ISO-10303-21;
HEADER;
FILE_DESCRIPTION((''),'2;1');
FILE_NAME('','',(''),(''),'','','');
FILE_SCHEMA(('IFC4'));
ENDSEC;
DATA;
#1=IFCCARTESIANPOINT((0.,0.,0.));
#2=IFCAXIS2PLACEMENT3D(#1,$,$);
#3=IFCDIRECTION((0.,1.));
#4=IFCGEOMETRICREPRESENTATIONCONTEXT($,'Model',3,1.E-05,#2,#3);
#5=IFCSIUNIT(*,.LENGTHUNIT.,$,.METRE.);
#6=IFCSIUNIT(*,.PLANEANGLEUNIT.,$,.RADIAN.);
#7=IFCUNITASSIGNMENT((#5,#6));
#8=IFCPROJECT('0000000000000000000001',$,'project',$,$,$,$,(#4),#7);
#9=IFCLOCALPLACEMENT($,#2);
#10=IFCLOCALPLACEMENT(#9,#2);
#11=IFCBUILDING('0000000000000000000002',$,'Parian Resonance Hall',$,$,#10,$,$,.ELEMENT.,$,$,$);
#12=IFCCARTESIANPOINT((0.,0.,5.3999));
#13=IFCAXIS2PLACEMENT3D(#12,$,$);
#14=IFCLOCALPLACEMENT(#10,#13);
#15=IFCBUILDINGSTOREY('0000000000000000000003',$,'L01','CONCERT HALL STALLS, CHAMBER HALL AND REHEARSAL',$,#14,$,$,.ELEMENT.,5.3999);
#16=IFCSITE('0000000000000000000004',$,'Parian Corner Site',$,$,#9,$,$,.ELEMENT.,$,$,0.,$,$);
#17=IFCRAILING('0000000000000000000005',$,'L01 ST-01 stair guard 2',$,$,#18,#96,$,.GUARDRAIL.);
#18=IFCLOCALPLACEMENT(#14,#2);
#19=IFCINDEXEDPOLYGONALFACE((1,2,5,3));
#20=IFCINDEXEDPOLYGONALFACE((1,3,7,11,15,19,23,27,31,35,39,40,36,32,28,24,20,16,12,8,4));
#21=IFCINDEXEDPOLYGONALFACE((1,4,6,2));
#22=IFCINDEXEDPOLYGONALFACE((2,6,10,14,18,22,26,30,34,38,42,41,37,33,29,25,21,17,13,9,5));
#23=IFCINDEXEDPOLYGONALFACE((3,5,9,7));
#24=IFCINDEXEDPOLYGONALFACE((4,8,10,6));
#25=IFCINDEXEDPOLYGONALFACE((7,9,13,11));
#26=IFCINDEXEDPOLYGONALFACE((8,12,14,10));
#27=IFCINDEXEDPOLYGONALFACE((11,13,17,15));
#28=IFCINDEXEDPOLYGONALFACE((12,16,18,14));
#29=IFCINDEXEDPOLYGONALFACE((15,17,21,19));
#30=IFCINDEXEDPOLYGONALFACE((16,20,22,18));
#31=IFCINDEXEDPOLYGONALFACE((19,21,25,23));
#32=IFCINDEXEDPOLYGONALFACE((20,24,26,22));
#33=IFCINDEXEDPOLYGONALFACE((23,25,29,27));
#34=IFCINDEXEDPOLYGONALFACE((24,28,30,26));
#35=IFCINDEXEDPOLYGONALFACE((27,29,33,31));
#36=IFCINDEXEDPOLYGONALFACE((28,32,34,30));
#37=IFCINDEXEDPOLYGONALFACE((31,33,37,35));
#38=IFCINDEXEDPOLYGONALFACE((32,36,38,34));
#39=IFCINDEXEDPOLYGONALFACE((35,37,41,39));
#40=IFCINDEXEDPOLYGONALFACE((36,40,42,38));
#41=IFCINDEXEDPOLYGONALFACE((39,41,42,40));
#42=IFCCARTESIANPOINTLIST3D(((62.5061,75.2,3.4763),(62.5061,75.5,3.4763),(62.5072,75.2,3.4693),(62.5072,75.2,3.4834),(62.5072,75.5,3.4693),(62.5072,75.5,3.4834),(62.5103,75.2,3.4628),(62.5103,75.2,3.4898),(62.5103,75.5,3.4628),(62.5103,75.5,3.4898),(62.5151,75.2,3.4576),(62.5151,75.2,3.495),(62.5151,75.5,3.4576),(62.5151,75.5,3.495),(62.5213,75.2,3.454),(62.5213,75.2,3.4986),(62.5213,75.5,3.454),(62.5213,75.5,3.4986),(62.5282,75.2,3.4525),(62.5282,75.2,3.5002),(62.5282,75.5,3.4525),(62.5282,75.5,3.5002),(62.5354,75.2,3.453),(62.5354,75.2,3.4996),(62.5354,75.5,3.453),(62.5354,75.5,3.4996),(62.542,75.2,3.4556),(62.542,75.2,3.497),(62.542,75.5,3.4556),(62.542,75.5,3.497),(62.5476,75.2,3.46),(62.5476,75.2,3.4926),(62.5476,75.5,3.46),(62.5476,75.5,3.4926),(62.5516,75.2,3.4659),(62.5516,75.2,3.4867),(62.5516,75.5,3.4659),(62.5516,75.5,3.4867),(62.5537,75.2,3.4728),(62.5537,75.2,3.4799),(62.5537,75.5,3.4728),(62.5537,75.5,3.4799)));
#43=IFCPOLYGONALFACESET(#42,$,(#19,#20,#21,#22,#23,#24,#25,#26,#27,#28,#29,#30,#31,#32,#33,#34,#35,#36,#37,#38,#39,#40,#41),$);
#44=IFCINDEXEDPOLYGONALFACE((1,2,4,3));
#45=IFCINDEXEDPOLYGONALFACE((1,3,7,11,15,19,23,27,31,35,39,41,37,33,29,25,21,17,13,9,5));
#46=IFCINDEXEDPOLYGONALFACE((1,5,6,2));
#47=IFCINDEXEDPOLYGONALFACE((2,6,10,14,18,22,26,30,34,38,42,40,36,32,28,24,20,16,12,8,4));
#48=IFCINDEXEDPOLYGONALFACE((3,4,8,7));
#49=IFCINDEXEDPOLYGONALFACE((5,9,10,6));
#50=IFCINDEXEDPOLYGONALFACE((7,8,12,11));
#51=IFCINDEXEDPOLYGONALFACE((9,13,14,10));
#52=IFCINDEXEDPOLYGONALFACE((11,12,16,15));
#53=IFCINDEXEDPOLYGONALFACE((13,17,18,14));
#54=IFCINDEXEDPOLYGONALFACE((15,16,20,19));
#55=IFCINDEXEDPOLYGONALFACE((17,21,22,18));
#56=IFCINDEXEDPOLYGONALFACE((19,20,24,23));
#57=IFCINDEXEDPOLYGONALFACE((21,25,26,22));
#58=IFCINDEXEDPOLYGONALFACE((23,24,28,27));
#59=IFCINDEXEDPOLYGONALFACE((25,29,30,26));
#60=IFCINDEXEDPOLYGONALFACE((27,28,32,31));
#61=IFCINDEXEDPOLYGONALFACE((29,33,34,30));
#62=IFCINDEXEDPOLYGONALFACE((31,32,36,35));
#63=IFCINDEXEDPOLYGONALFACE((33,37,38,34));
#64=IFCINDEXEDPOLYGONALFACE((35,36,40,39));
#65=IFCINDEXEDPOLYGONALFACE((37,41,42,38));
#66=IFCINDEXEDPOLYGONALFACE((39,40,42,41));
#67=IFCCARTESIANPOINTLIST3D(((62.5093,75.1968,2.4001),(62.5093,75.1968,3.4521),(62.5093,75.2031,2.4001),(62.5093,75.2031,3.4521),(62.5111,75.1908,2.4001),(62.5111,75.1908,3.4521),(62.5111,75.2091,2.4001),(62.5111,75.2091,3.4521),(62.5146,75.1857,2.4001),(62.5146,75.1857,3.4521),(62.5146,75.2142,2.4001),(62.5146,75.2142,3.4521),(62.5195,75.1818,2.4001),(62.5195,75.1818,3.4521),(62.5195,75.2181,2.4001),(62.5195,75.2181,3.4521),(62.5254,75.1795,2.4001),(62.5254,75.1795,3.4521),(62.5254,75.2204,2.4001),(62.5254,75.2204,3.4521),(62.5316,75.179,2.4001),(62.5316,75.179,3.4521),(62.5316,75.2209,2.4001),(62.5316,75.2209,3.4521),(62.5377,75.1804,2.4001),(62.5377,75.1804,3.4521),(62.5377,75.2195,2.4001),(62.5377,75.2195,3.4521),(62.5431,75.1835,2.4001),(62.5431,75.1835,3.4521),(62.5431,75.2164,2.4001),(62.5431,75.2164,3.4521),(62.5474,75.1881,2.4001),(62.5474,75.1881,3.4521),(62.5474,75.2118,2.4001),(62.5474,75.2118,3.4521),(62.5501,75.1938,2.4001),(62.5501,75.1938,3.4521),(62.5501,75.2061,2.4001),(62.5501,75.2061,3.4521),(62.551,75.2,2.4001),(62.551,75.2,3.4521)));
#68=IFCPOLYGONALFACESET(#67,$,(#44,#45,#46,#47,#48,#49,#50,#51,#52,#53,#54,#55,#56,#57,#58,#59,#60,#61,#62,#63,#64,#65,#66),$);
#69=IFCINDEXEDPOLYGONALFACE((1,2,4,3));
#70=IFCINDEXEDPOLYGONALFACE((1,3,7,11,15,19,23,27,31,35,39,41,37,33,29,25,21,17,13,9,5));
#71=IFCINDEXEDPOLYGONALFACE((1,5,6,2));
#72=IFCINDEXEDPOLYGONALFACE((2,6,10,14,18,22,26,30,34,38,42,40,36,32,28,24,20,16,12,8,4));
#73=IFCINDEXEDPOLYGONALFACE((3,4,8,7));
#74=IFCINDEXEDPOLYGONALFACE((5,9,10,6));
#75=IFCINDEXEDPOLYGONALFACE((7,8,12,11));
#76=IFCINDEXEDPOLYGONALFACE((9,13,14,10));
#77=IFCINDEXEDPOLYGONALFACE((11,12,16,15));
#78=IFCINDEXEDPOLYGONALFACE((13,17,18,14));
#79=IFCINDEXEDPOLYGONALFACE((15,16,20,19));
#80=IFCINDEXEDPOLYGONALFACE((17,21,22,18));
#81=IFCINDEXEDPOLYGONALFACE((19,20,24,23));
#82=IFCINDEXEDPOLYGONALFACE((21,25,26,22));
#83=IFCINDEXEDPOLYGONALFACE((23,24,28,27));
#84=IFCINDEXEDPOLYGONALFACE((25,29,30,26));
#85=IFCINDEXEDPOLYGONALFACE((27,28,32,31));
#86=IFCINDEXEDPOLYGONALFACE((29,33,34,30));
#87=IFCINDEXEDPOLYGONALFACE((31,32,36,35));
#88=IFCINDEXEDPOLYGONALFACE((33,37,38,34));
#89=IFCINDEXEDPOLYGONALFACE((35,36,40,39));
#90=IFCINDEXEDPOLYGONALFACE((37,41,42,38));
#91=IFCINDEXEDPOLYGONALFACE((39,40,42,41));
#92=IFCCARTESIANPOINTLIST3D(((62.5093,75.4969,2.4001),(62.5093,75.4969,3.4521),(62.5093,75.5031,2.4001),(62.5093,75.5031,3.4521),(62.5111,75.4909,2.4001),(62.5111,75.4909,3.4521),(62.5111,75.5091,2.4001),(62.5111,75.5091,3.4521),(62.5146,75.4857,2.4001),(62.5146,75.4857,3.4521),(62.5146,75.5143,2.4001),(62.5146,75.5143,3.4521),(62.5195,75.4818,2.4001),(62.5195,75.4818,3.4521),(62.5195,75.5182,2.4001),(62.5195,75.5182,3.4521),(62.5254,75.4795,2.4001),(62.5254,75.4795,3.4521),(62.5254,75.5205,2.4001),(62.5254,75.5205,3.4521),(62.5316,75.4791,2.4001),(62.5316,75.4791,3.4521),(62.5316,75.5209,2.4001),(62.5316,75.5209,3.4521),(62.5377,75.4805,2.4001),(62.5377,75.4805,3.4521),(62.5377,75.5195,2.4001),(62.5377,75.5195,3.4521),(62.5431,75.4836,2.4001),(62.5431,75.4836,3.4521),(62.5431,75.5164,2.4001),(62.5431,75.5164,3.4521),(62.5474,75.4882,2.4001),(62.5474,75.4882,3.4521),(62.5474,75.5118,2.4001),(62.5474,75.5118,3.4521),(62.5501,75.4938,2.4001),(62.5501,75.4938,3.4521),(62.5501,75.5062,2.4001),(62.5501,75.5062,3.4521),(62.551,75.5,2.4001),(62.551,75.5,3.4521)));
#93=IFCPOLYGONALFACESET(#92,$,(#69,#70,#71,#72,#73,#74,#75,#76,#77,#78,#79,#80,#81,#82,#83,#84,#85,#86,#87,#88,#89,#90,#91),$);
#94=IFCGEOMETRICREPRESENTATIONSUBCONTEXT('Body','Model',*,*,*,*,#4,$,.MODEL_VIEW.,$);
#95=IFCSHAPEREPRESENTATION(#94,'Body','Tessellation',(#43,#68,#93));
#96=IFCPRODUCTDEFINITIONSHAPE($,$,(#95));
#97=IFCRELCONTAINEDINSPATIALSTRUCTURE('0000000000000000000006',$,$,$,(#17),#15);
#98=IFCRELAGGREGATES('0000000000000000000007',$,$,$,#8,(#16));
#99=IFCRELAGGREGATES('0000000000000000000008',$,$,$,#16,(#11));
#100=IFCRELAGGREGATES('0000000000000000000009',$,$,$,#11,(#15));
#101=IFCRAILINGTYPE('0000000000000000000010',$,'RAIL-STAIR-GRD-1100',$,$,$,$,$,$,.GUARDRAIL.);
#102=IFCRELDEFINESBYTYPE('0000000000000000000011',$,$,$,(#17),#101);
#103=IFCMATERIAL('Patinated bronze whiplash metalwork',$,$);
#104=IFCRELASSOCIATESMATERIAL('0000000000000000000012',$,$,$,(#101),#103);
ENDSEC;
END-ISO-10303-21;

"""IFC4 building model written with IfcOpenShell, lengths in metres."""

from ifc_helpers import new_model, si_unit, direction, frame, origin, origin_2d, place, context, subcontext, project, spatial, circle, extrude, material, type_object, element, save


model = new_model("IFC4")

# Units and contexts
model_context = context("Model", 3, precision=1e-05, world=origin(), true_north=direction((0.0, 1.0)))
body_context = subcontext(model_context, "Body", "Model", "MODEL_VIEW")
ifc_project = project(units=[si_unit("LENGTHUNIT", "METRE"), si_unit("PLANEANGLEUNIT", "RADIAN")], contexts=[model_context])

# Site, building, storey
site_placement = place(None, origin())
site = spatial("IfcSite", under=ifc_project, at=site_placement, Name="Parian Corner Site", CompositionType="ELEMENT", RefElevation=0.0)
building_placement = place(site_placement, origin())
building = spatial("IfcBuilding", under=site, at=building_placement, Name="Parian Resonance Hall", CompositionType="ELEMENT")
storey_placement = place(building_placement, frame((0.0, 0.0, 5.3999)))
storey = spatial("IfcBuildingStorey", under=building, at=storey_placement, Name="L01", Description="CONCERT HALL STALLS, CHAMBER HALL AND REHEARSAL", CompositionType="ELEMENT", Elevation=5.3999)

# Railing
ifc_material_1 = material(Name="Patinated bronze whiplash metalwork")
railing_type_1 = type_object("IfcRailingType", Name="RAIL-STAIR-GRD-1100", PredefinedType="GUARDRAIL", material=ifc_material_1)
railing_1_placement = place(storey_placement, frame((62.53, 75.2, 2.4001)))
element("IfcRailing", 1, at=railing_1_placement, inside=storey, type_object=railing_type_1, Name="L01 ST-01 stair guard 2", PredefinedType="GUARDRAIL", context=body_context, shape_type="SweptSolid", body=[
    extrude(circle(Radius=0.0239, at=origin_2d()), frame((0.0, 0.0, 1.0762), z_axis=(0.0, 1.0, 0.0), x_axis=(-1.0, 0.0, 0.0)), (0.0, 0.0, 1.0), 0.3),
    extrude(circle(Radius=0.021, at=origin_2d()), origin(), (0.0, 0.0, 1.0), 1.052),
    extrude(circle(Radius=0.021, at=origin_2d()), frame((0.0, 0.3, 0.0)), (0.0, 0.0, 1.0), 1.052),
])

save(model, "model.ifc")
